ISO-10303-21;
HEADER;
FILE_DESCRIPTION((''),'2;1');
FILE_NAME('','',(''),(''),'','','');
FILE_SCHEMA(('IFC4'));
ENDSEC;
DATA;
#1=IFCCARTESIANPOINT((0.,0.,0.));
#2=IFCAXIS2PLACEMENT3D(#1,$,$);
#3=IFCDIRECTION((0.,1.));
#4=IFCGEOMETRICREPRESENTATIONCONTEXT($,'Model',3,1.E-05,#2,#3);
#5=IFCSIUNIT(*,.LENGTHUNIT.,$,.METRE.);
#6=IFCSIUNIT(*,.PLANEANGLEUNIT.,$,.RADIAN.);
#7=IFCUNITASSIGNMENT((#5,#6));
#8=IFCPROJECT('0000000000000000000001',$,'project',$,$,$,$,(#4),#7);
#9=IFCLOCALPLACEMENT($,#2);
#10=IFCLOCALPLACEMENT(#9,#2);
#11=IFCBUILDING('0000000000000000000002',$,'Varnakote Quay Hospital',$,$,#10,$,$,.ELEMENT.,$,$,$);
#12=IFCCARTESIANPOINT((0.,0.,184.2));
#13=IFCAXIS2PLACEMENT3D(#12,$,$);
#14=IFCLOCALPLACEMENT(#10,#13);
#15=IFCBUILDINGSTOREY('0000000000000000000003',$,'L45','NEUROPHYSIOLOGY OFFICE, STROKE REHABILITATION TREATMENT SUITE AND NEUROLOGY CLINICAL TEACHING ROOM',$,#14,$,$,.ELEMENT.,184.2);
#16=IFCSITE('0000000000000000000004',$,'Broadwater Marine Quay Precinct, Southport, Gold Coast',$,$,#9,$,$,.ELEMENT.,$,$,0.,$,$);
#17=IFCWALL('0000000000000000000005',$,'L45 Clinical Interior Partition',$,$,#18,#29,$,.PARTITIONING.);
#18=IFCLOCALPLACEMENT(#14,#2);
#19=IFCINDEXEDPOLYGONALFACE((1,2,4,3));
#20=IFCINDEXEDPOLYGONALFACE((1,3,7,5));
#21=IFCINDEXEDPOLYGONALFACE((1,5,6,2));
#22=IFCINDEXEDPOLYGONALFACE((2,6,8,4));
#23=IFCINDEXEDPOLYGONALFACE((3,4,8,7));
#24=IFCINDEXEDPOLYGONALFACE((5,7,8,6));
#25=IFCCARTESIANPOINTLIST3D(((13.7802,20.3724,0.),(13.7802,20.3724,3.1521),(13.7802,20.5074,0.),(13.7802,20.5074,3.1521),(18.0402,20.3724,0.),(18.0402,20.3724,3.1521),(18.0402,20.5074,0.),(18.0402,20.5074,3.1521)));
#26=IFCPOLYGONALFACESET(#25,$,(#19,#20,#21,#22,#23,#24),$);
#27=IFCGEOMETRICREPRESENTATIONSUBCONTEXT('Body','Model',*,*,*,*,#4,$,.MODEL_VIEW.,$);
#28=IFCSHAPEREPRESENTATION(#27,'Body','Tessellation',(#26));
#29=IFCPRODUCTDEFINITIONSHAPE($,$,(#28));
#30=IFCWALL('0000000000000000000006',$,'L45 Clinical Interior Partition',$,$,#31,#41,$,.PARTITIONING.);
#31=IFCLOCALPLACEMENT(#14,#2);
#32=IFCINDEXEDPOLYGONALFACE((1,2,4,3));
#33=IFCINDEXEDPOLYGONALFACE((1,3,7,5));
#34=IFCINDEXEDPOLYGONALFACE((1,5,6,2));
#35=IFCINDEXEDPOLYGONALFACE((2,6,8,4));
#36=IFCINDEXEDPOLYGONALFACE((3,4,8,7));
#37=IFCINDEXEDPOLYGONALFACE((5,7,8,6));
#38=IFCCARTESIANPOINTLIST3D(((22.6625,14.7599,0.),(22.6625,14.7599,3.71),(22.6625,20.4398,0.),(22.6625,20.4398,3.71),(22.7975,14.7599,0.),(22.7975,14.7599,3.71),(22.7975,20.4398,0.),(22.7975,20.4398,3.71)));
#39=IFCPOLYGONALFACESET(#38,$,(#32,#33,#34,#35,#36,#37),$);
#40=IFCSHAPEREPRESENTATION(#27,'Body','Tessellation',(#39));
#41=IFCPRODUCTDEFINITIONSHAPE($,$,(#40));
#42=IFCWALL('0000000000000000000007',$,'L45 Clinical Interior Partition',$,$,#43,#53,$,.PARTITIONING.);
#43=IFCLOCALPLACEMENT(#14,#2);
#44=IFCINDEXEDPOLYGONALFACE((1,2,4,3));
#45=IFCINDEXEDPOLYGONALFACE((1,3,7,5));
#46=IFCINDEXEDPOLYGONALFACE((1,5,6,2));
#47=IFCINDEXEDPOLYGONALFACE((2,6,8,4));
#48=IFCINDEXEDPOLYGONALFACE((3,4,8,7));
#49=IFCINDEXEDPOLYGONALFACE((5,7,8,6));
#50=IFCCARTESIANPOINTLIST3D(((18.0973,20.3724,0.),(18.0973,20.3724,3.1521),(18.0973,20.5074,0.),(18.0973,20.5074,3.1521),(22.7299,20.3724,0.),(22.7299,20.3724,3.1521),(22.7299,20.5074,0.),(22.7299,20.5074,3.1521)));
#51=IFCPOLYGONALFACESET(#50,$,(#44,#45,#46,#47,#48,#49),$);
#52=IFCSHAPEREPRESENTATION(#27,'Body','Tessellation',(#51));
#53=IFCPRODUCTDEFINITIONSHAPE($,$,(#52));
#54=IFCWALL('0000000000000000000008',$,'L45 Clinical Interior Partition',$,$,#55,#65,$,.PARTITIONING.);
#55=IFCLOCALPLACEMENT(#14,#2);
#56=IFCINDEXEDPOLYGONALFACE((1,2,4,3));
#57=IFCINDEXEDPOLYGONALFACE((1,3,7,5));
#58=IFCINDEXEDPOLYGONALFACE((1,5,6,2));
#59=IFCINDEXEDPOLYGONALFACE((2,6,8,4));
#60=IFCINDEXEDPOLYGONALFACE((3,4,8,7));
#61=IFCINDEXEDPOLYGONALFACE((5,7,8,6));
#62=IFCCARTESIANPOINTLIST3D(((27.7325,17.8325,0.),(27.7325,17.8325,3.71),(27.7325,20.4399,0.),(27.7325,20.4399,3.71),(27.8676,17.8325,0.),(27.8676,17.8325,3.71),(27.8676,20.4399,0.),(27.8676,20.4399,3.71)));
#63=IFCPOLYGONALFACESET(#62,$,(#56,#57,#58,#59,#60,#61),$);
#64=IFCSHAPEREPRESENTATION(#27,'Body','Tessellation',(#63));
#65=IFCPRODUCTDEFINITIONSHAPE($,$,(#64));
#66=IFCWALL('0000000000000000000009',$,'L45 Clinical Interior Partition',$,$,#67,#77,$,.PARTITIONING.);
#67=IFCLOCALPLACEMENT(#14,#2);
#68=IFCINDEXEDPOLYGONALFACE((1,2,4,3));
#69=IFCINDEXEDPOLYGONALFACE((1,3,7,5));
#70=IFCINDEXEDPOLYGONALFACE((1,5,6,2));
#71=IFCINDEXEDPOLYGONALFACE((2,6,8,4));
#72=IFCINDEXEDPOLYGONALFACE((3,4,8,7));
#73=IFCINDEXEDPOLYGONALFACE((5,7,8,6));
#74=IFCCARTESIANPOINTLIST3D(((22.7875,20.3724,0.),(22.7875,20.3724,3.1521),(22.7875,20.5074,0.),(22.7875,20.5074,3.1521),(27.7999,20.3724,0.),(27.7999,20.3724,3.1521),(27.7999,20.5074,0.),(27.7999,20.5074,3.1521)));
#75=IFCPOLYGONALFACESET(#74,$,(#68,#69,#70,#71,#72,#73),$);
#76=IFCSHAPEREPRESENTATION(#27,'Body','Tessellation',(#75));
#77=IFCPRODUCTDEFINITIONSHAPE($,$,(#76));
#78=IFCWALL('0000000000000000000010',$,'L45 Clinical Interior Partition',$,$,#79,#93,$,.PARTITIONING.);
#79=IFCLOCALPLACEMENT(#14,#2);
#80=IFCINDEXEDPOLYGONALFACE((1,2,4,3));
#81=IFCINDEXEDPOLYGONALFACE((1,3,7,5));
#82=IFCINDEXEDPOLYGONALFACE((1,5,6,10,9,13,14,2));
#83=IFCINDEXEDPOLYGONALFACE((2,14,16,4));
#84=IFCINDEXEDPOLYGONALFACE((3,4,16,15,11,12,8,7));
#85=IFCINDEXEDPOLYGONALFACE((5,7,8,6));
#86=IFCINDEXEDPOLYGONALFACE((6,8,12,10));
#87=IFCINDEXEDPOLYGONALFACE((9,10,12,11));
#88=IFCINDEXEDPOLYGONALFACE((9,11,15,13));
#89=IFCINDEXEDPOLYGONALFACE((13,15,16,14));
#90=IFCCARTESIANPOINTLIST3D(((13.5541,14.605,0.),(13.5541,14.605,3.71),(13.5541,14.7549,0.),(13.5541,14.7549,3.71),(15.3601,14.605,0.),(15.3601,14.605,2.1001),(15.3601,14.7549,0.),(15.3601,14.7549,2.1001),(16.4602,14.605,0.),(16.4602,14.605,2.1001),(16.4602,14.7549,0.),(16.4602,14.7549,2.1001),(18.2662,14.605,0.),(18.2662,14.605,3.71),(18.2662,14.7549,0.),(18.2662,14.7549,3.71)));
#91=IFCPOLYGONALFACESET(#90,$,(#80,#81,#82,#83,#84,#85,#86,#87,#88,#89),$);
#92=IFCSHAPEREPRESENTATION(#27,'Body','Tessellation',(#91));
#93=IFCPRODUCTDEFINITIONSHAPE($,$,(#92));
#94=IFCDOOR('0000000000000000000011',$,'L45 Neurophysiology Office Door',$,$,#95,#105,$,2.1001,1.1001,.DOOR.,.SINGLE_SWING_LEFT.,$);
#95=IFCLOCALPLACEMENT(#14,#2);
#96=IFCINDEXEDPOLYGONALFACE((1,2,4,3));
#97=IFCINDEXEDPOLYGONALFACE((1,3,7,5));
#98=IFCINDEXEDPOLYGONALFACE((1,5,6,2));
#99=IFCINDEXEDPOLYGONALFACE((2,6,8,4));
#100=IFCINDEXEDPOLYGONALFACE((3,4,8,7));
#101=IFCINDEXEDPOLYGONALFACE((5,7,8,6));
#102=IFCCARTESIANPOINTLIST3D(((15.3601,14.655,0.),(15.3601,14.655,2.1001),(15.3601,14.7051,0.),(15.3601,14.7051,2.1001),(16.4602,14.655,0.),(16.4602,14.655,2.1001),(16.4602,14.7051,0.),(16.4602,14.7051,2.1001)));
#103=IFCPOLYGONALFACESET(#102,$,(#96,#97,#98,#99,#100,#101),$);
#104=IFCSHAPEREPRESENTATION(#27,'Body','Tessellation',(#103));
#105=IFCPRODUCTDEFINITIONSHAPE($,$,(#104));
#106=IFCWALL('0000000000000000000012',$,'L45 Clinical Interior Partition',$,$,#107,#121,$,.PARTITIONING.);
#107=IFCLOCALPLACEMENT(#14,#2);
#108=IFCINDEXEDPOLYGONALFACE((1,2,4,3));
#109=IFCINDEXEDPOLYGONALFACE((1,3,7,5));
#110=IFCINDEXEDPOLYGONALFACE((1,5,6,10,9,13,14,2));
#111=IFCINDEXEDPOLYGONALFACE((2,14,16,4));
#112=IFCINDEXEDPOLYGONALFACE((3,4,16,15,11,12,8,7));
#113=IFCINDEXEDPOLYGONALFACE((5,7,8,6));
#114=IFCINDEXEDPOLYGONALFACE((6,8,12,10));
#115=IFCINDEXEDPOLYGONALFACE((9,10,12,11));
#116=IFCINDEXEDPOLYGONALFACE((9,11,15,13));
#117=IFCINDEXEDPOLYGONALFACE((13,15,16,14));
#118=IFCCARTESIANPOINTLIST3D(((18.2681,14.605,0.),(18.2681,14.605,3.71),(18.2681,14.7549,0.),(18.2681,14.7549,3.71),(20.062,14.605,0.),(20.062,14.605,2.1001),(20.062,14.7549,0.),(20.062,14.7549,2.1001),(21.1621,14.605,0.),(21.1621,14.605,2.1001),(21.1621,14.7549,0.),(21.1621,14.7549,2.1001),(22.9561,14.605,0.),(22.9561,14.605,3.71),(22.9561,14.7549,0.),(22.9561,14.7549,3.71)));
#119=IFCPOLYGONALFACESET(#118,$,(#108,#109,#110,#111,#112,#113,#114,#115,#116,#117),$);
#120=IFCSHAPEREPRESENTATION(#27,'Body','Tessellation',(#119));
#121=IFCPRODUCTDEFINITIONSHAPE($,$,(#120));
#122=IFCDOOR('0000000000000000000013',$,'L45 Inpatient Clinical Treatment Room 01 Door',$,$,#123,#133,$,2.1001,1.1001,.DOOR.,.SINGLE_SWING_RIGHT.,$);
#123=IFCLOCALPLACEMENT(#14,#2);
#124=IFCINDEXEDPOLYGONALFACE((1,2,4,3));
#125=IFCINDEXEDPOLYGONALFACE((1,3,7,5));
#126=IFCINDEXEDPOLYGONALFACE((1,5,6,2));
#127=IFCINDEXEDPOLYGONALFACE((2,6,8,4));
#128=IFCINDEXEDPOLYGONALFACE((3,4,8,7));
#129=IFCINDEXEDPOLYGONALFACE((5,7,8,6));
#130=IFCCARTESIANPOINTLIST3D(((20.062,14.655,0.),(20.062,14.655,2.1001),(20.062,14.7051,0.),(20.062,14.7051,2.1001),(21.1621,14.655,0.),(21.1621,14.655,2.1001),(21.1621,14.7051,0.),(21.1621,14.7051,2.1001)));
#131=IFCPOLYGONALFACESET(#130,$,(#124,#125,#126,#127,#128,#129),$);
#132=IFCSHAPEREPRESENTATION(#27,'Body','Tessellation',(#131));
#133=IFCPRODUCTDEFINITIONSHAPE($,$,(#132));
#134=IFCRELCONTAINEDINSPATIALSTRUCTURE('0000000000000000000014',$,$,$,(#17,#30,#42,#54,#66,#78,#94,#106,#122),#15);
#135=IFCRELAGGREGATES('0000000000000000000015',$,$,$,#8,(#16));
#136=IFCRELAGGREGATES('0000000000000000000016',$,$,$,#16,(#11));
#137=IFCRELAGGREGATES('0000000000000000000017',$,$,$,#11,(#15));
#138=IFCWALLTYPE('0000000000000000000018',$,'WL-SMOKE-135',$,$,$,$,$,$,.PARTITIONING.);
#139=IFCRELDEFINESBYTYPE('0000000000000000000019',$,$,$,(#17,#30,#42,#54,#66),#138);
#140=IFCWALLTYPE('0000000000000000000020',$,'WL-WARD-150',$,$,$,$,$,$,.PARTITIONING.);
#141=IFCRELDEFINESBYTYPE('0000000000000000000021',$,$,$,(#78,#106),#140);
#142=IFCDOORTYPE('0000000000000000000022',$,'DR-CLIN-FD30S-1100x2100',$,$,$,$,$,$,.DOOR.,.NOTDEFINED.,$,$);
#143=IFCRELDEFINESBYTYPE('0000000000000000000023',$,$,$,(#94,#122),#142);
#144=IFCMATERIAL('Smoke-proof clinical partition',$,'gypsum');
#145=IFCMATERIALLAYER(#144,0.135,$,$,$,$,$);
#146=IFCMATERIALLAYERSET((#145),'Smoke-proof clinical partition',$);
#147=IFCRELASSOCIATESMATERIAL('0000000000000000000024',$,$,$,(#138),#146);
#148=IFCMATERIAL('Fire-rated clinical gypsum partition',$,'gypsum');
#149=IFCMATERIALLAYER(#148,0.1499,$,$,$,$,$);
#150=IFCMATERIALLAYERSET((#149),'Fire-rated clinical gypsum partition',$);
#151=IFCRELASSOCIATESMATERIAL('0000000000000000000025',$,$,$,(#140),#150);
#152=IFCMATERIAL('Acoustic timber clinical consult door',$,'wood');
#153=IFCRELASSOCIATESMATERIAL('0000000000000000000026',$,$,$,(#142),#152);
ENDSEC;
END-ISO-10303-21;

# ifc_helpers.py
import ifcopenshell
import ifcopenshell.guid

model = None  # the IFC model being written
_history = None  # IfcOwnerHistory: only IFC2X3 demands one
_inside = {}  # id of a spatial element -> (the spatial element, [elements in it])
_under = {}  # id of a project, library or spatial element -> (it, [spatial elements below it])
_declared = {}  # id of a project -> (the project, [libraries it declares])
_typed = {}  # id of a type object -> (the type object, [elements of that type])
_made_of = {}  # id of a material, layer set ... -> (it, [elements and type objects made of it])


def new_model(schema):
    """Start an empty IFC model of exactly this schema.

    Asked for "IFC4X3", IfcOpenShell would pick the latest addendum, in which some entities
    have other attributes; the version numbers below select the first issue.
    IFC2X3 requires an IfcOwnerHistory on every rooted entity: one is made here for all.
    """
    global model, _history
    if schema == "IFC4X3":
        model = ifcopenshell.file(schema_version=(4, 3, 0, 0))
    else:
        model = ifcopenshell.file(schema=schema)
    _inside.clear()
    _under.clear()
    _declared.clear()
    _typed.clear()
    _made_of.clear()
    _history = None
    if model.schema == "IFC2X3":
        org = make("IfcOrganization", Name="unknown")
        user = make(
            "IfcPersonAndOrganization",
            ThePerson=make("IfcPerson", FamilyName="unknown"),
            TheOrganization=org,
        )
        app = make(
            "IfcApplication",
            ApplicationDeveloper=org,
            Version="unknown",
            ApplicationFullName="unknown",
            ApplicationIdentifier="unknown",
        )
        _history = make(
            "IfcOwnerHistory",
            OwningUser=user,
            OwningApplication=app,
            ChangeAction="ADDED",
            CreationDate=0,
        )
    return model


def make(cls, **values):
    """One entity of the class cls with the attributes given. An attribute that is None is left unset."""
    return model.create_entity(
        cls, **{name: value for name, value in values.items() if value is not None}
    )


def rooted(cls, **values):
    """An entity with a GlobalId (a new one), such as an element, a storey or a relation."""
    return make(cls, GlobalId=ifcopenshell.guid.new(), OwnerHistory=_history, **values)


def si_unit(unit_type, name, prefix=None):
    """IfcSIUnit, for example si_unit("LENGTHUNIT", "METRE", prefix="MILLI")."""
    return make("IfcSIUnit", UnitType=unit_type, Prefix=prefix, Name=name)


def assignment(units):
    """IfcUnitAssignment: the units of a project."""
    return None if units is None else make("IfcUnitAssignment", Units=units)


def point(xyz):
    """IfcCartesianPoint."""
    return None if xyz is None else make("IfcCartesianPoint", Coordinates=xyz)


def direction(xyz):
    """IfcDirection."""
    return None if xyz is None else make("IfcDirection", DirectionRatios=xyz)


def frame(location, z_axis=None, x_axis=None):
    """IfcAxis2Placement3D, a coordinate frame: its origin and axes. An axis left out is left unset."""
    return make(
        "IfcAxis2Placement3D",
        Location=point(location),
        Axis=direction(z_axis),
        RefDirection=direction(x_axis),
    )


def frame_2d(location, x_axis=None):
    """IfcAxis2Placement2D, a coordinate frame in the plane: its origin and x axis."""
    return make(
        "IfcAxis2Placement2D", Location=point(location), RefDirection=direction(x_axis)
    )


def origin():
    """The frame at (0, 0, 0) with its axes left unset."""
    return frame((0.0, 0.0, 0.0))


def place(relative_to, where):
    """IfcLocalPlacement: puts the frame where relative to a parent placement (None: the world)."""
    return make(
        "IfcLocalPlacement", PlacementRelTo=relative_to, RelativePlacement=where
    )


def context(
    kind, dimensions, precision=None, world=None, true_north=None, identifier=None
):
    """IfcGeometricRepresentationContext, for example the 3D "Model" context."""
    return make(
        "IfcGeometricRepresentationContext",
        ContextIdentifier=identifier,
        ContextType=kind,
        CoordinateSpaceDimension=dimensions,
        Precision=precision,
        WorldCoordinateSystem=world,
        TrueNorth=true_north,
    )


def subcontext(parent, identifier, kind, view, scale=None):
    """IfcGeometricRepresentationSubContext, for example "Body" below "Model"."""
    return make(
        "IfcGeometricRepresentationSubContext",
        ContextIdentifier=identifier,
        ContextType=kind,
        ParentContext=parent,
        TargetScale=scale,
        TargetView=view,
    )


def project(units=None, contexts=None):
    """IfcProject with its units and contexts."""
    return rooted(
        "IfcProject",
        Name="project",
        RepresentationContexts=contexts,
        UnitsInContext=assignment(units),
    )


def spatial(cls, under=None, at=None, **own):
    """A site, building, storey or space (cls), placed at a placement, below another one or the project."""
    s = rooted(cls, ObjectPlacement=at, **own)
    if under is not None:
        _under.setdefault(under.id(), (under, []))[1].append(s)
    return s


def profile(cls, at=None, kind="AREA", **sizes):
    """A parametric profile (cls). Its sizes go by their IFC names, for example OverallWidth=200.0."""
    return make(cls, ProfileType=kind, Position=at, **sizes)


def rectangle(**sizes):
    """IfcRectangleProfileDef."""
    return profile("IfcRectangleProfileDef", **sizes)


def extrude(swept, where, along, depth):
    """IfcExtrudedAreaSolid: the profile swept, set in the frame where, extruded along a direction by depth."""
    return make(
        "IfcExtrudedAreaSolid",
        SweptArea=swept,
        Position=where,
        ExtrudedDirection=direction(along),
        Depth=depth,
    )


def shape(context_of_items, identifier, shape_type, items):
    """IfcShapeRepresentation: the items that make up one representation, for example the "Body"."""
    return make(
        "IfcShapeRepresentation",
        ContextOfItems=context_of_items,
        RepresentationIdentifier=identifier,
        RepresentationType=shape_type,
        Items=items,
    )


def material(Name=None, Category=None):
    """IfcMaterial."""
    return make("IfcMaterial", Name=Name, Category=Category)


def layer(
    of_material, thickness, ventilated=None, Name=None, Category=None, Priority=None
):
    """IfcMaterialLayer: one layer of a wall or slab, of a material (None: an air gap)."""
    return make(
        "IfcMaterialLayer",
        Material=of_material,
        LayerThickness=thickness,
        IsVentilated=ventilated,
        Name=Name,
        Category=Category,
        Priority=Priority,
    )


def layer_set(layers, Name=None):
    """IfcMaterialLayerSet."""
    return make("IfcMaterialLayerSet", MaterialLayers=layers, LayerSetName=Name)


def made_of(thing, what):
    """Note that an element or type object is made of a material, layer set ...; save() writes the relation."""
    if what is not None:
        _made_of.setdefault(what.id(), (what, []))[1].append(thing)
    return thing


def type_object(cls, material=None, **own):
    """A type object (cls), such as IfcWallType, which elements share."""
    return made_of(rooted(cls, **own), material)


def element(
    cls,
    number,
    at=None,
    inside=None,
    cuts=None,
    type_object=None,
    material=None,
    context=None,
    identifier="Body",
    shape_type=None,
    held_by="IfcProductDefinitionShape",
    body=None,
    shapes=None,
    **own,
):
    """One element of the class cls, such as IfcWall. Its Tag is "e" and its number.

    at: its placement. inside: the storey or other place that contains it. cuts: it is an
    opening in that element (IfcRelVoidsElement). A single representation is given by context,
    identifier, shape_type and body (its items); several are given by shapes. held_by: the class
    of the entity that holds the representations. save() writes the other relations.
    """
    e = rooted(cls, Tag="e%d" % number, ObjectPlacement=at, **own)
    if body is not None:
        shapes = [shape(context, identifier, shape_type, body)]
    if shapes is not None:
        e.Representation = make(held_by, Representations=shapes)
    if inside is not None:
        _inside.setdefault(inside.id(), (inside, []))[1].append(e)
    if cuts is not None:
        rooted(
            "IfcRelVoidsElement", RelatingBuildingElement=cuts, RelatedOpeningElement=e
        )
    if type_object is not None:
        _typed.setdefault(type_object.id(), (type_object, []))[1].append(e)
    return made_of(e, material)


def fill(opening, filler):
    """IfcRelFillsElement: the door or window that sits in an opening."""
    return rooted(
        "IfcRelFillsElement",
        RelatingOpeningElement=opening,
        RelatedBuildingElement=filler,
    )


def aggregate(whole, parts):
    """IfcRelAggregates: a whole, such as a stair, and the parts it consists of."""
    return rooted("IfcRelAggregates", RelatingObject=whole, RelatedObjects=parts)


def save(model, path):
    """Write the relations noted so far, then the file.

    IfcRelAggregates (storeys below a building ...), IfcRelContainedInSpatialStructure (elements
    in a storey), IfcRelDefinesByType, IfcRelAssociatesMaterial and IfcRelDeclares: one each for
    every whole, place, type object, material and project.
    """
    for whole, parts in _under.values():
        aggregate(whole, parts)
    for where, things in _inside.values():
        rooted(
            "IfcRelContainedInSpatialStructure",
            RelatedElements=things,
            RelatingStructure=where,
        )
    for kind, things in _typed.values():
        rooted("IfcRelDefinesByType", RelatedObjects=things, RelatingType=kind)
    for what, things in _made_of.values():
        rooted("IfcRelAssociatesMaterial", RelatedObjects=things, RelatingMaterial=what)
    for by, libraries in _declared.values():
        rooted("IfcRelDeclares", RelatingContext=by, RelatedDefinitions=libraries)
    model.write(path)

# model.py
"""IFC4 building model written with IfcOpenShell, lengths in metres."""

from ifc_helpers import new_model, si_unit, direction, frame, frame_2d, origin, place, context, subcontext, project, spatial, rectangle, extrude, material, layer, layer_set, type_object, element, fill, save


model = new_model("IFC4")

# Units and contexts
model_context = context("Model", 3, precision=1e-05, world=origin(), true_north=direction((0.0, 1.0)))
body_context = subcontext(model_context, "Body", "Model", "MODEL_VIEW")
ifc_project = project(units=[si_unit("LENGTHUNIT", "METRE"), si_unit("PLANEANGLEUNIT", "RADIAN")], contexts=[model_context])

# Site, building, storey
site_placement = place(None, origin())
site = spatial("IfcSite", under=ifc_project, at=site_placement, Name="Broadwater Marine Quay Precinct, Southport, Gold Coast", CompositionType="ELEMENT", RefElevation=0.0)
building_placement = place(site_placement, origin())
building = spatial("IfcBuilding", under=site, at=building_placement, Name="Varnakote Quay Hospital", CompositionType="ELEMENT")
storey_placement = place(building_placement, frame((0.0, 0.0, 184.2)))
storey = spatial("IfcBuildingStorey", under=building, at=storey_placement, Name="L45", Description="NEUROPHYSIOLOGY OFFICE, STROKE REHABILITATION TREATMENT SUITE AND NEUROLOGY CLINICAL TEACHING ROOM", CompositionType="ELEMENT", Elevation=184.2)

# Walls
ifc_material_1 = material(Name="Smoke-proof clinical partition", Category="gypsum")
ifc_layer_1 = layer(ifc_material_1, 0.135)
ifc_layer_set_1 = layer_set([ifc_layer_1], Name="Smoke-proof clinical partition")
wall_type_1 = type_object("IfcWallType", Name="WL-SMOKE-135", PredefinedType="PARTITIONING", material=ifc_layer_set_1)
wall_1_placement = place(storey_placement, frame((18.04, 20.4399, 0.0), z_axis=(0.0, 0.0, 1.0), x_axis=(-1.0, 0.0, 0.0)))
element("IfcWall", 1, at=wall_1_placement, inside=storey, type_object=wall_type_1, Name="L45 Clinical Interior Partition", PredefinedType="PARTITIONING", context=body_context, shape_type="SweptSolid", body=[
    extrude(rectangle(XDim=4.26, YDim=0.135, at=frame_2d((2.1299, 0.0))), origin(), (0.0, 0.0, 1.0), 3.1521),
])
wall_2_placement = place(storey_placement, frame((22.73, 14.76, 0.0), z_axis=(0.0, 0.0, 1.0), x_axis=(0.0, 1.0, 0.0)))
element("IfcWall", 2, at=wall_2_placement, inside=storey, type_object=wall_type_1, Name="L45 Clinical Interior Partition", PredefinedType="PARTITIONING", context=body_context, shape_type="SweptSolid", body=[
    extrude(rectangle(XDim=5.6799, YDim=0.135, at=frame_2d((2.8398, 0.0))), origin(), (0.0, 0.0, 1.0), 3.71),
])
wall_3_placement = place(storey_placement, frame((22.73, 20.4399, 0.0), z_axis=(0.0, 0.0, 1.0), x_axis=(-1.0, 0.0, 0.0)))
element("IfcWall", 3, at=wall_3_placement, inside=storey, type_object=wall_type_1, Name="L45 Clinical Interior Partition", PredefinedType="PARTITIONING", context=body_context, shape_type="SweptSolid", body=[
    extrude(rectangle(XDim=4.6326, YDim=0.135, at=frame_2d((2.3164, 0.0))), origin(), (0.0, 0.0, 1.0), 3.1521),
])
wall_4_placement = place(storey_placement, frame((27.8, 17.8325, 0.0), z_axis=(0.0, 0.0, 1.0), x_axis=(0.0, 1.0, 0.0)))
element("IfcWall", 4, at=wall_4_placement, inside=storey, type_object=wall_type_1, Name="L45 Clinical Interior Partition", PredefinedType="PARTITIONING", context=body_context, shape_type="SweptSolid", body=[
    extrude(rectangle(XDim=2.6074, YDim=0.135, at=frame_2d((1.3037, 0.0))), origin(), (0.0, 0.0, 1.0), 3.71),
])
wall_5_placement = place(storey_placement, frame((27.8, 20.4399, 0.0), z_axis=(0.0, 0.0, 1.0), x_axis=(-1.0, 0.0, 0.0)))
element("IfcWall", 5, at=wall_5_placement, inside=storey, type_object=wall_type_1, Name="L45 Clinical Interior Partition", PredefinedType="PARTITIONING", context=body_context, shape_type="SweptSolid", body=[
    extrude(rectangle(XDim=5.0125, YDim=0.135, at=frame_2d((2.5063, 0.0))), origin(), (0.0, 0.0, 1.0), 3.1521),
])

# Walls, openings, doors
ifc_material_2 = material(Name="Fire-rated clinical gypsum partition", Category="gypsum")
ifc_layer_2 = layer(ifc_material_2, 0.1499)
ifc_layer_set_2 = layer_set([ifc_layer_2], Name="Fire-rated clinical gypsum partition")
wall_type_2 = type_object("IfcWallType", Name="WL-WARD-150", PredefinedType="PARTITIONING", material=ifc_layer_set_2)
wall_6_placement = place(storey_placement, frame((18.2661, 14.6799, 0.0), z_axis=(0.0, 0.0, 1.0), x_axis=(-1.0, 0.0, 0.0)))
wall_6 = element("IfcWall", 6, at=wall_6_placement, inside=storey, type_object=wall_type_2, Name="L45 Clinical Interior Partition", PredefinedType="PARTITIONING", context=body_context, shape_type="SweptSolid", body=[
    extrude(rectangle(XDim=4.7122, YDim=0.1499, at=frame_2d((2.356, 0.0))), origin(), (0.0, 0.0, 1.0), 3.71),
])
opening_1_placement = place(wall_6_placement, frame((1.8059, 0.0, 0.0)))
opening_1 = element("IfcOpeningElement", 7, at=opening_1_placement, cuts=wall_6, PredefinedType="OPENING", context=body_context, shape_type="SweptSolid", body=[
    extrude(rectangle(XDim=1.1001, YDim=2.1001, at=frame_2d((0.55, 1.05))), frame((0.0, 0.085, 0.0), z_axis=(0.0, -1.0, 0.0), x_axis=(1.0, 0.0, 0.0)), (0.0, 0.0, 1.0), 0.1699),
])
ifc_material_3 = material(Name="Acoustic timber clinical consult door", Category="wood")
door_type_1 = type_object("IfcDoorType", Name="DR-CLIN-FD30S-1100x2100", OperationType="NOTDEFINED", PredefinedType="DOOR", material=ifc_material_3)
door_1_placement = place(opening_1_placement, origin())
door_1 = element("IfcDoor", 8, at=door_1_placement, inside=storey, type_object=door_type_1, Name="L45 Neurophysiology Office Door", OperationType="SINGLE_SWING_LEFT", OverallHeight=2.1001, OverallWidth=1.1001, PredefinedType="DOOR", context=body_context, shape_type="SweptSolid", body=[
    extrude(rectangle(XDim=1.1001, YDim=2.1001, at=frame_2d((0.55, 1.05))), frame((0.0, 0.0249, 0.0), z_axis=(0.0, -1.0, 0.0), x_axis=(1.0, 0.0, 0.0)), (0.0, 0.0, 1.0), 0.05),
])
fill(opening_1, door_1)
wall_7_placement = place(storey_placement, frame((22.9561, 14.6799, 0.0), z_axis=(0.0, 0.0, 1.0), x_axis=(-1.0, 0.0, 0.0)))
wall_7 = element("IfcWall", 9, at=wall_7_placement, inside=storey, type_object=wall_type_2, Name="L45 Clinical Interior Partition", PredefinedType="PARTITIONING", context=body_context, shape_type="SweptSolid", body=[
    extrude(rectangle(XDim=4.688, YDim=0.1499, at=frame_2d((2.344, 0.0))), origin(), (0.0, 0.0, 1.0), 3.71),
])
opening_2_placement = place(wall_7_placement, frame((1.7939, 0.0, 0.0)))
opening_2 = element("IfcOpeningElement", 10, at=opening_2_placement, cuts=wall_7, PredefinedType="OPENING", context=body_context, shape_type="SweptSolid", body=[
    extrude(rectangle(XDim=1.1001, YDim=2.1001, at=frame_2d((0.55, 1.05))), frame((0.0, 0.085, 0.0), z_axis=(0.0, -1.0, 0.0), x_axis=(1.0, 0.0, 0.0)), (0.0, 0.0, 1.0), 0.1699),
])
door_2_placement = place(opening_2_placement, origin())
door_2 = element("IfcDoor", 11, at=door_2_placement, inside=storey, type_object=door_type_1, Name="L45 Inpatient Clinical Treatment Room 01 Door", OperationType="SINGLE_SWING_RIGHT", OverallHeight=2.1001, OverallWidth=1.1001, PredefinedType="DOOR", context=body_context, shape_type="SweptSolid", body=[
    extrude(rectangle(XDim=1.1001, YDim=2.1001, at=frame_2d((0.55, 1.05))), frame((0.0, 0.0249, 0.0), z_axis=(0.0, -1.0, 0.0), x_axis=(1.0, 0.0, 0.0)), (0.0, 0.0, 1.0), 0.05),
])
fill(opening_2, door_2)

save(model, "model.ifc")
